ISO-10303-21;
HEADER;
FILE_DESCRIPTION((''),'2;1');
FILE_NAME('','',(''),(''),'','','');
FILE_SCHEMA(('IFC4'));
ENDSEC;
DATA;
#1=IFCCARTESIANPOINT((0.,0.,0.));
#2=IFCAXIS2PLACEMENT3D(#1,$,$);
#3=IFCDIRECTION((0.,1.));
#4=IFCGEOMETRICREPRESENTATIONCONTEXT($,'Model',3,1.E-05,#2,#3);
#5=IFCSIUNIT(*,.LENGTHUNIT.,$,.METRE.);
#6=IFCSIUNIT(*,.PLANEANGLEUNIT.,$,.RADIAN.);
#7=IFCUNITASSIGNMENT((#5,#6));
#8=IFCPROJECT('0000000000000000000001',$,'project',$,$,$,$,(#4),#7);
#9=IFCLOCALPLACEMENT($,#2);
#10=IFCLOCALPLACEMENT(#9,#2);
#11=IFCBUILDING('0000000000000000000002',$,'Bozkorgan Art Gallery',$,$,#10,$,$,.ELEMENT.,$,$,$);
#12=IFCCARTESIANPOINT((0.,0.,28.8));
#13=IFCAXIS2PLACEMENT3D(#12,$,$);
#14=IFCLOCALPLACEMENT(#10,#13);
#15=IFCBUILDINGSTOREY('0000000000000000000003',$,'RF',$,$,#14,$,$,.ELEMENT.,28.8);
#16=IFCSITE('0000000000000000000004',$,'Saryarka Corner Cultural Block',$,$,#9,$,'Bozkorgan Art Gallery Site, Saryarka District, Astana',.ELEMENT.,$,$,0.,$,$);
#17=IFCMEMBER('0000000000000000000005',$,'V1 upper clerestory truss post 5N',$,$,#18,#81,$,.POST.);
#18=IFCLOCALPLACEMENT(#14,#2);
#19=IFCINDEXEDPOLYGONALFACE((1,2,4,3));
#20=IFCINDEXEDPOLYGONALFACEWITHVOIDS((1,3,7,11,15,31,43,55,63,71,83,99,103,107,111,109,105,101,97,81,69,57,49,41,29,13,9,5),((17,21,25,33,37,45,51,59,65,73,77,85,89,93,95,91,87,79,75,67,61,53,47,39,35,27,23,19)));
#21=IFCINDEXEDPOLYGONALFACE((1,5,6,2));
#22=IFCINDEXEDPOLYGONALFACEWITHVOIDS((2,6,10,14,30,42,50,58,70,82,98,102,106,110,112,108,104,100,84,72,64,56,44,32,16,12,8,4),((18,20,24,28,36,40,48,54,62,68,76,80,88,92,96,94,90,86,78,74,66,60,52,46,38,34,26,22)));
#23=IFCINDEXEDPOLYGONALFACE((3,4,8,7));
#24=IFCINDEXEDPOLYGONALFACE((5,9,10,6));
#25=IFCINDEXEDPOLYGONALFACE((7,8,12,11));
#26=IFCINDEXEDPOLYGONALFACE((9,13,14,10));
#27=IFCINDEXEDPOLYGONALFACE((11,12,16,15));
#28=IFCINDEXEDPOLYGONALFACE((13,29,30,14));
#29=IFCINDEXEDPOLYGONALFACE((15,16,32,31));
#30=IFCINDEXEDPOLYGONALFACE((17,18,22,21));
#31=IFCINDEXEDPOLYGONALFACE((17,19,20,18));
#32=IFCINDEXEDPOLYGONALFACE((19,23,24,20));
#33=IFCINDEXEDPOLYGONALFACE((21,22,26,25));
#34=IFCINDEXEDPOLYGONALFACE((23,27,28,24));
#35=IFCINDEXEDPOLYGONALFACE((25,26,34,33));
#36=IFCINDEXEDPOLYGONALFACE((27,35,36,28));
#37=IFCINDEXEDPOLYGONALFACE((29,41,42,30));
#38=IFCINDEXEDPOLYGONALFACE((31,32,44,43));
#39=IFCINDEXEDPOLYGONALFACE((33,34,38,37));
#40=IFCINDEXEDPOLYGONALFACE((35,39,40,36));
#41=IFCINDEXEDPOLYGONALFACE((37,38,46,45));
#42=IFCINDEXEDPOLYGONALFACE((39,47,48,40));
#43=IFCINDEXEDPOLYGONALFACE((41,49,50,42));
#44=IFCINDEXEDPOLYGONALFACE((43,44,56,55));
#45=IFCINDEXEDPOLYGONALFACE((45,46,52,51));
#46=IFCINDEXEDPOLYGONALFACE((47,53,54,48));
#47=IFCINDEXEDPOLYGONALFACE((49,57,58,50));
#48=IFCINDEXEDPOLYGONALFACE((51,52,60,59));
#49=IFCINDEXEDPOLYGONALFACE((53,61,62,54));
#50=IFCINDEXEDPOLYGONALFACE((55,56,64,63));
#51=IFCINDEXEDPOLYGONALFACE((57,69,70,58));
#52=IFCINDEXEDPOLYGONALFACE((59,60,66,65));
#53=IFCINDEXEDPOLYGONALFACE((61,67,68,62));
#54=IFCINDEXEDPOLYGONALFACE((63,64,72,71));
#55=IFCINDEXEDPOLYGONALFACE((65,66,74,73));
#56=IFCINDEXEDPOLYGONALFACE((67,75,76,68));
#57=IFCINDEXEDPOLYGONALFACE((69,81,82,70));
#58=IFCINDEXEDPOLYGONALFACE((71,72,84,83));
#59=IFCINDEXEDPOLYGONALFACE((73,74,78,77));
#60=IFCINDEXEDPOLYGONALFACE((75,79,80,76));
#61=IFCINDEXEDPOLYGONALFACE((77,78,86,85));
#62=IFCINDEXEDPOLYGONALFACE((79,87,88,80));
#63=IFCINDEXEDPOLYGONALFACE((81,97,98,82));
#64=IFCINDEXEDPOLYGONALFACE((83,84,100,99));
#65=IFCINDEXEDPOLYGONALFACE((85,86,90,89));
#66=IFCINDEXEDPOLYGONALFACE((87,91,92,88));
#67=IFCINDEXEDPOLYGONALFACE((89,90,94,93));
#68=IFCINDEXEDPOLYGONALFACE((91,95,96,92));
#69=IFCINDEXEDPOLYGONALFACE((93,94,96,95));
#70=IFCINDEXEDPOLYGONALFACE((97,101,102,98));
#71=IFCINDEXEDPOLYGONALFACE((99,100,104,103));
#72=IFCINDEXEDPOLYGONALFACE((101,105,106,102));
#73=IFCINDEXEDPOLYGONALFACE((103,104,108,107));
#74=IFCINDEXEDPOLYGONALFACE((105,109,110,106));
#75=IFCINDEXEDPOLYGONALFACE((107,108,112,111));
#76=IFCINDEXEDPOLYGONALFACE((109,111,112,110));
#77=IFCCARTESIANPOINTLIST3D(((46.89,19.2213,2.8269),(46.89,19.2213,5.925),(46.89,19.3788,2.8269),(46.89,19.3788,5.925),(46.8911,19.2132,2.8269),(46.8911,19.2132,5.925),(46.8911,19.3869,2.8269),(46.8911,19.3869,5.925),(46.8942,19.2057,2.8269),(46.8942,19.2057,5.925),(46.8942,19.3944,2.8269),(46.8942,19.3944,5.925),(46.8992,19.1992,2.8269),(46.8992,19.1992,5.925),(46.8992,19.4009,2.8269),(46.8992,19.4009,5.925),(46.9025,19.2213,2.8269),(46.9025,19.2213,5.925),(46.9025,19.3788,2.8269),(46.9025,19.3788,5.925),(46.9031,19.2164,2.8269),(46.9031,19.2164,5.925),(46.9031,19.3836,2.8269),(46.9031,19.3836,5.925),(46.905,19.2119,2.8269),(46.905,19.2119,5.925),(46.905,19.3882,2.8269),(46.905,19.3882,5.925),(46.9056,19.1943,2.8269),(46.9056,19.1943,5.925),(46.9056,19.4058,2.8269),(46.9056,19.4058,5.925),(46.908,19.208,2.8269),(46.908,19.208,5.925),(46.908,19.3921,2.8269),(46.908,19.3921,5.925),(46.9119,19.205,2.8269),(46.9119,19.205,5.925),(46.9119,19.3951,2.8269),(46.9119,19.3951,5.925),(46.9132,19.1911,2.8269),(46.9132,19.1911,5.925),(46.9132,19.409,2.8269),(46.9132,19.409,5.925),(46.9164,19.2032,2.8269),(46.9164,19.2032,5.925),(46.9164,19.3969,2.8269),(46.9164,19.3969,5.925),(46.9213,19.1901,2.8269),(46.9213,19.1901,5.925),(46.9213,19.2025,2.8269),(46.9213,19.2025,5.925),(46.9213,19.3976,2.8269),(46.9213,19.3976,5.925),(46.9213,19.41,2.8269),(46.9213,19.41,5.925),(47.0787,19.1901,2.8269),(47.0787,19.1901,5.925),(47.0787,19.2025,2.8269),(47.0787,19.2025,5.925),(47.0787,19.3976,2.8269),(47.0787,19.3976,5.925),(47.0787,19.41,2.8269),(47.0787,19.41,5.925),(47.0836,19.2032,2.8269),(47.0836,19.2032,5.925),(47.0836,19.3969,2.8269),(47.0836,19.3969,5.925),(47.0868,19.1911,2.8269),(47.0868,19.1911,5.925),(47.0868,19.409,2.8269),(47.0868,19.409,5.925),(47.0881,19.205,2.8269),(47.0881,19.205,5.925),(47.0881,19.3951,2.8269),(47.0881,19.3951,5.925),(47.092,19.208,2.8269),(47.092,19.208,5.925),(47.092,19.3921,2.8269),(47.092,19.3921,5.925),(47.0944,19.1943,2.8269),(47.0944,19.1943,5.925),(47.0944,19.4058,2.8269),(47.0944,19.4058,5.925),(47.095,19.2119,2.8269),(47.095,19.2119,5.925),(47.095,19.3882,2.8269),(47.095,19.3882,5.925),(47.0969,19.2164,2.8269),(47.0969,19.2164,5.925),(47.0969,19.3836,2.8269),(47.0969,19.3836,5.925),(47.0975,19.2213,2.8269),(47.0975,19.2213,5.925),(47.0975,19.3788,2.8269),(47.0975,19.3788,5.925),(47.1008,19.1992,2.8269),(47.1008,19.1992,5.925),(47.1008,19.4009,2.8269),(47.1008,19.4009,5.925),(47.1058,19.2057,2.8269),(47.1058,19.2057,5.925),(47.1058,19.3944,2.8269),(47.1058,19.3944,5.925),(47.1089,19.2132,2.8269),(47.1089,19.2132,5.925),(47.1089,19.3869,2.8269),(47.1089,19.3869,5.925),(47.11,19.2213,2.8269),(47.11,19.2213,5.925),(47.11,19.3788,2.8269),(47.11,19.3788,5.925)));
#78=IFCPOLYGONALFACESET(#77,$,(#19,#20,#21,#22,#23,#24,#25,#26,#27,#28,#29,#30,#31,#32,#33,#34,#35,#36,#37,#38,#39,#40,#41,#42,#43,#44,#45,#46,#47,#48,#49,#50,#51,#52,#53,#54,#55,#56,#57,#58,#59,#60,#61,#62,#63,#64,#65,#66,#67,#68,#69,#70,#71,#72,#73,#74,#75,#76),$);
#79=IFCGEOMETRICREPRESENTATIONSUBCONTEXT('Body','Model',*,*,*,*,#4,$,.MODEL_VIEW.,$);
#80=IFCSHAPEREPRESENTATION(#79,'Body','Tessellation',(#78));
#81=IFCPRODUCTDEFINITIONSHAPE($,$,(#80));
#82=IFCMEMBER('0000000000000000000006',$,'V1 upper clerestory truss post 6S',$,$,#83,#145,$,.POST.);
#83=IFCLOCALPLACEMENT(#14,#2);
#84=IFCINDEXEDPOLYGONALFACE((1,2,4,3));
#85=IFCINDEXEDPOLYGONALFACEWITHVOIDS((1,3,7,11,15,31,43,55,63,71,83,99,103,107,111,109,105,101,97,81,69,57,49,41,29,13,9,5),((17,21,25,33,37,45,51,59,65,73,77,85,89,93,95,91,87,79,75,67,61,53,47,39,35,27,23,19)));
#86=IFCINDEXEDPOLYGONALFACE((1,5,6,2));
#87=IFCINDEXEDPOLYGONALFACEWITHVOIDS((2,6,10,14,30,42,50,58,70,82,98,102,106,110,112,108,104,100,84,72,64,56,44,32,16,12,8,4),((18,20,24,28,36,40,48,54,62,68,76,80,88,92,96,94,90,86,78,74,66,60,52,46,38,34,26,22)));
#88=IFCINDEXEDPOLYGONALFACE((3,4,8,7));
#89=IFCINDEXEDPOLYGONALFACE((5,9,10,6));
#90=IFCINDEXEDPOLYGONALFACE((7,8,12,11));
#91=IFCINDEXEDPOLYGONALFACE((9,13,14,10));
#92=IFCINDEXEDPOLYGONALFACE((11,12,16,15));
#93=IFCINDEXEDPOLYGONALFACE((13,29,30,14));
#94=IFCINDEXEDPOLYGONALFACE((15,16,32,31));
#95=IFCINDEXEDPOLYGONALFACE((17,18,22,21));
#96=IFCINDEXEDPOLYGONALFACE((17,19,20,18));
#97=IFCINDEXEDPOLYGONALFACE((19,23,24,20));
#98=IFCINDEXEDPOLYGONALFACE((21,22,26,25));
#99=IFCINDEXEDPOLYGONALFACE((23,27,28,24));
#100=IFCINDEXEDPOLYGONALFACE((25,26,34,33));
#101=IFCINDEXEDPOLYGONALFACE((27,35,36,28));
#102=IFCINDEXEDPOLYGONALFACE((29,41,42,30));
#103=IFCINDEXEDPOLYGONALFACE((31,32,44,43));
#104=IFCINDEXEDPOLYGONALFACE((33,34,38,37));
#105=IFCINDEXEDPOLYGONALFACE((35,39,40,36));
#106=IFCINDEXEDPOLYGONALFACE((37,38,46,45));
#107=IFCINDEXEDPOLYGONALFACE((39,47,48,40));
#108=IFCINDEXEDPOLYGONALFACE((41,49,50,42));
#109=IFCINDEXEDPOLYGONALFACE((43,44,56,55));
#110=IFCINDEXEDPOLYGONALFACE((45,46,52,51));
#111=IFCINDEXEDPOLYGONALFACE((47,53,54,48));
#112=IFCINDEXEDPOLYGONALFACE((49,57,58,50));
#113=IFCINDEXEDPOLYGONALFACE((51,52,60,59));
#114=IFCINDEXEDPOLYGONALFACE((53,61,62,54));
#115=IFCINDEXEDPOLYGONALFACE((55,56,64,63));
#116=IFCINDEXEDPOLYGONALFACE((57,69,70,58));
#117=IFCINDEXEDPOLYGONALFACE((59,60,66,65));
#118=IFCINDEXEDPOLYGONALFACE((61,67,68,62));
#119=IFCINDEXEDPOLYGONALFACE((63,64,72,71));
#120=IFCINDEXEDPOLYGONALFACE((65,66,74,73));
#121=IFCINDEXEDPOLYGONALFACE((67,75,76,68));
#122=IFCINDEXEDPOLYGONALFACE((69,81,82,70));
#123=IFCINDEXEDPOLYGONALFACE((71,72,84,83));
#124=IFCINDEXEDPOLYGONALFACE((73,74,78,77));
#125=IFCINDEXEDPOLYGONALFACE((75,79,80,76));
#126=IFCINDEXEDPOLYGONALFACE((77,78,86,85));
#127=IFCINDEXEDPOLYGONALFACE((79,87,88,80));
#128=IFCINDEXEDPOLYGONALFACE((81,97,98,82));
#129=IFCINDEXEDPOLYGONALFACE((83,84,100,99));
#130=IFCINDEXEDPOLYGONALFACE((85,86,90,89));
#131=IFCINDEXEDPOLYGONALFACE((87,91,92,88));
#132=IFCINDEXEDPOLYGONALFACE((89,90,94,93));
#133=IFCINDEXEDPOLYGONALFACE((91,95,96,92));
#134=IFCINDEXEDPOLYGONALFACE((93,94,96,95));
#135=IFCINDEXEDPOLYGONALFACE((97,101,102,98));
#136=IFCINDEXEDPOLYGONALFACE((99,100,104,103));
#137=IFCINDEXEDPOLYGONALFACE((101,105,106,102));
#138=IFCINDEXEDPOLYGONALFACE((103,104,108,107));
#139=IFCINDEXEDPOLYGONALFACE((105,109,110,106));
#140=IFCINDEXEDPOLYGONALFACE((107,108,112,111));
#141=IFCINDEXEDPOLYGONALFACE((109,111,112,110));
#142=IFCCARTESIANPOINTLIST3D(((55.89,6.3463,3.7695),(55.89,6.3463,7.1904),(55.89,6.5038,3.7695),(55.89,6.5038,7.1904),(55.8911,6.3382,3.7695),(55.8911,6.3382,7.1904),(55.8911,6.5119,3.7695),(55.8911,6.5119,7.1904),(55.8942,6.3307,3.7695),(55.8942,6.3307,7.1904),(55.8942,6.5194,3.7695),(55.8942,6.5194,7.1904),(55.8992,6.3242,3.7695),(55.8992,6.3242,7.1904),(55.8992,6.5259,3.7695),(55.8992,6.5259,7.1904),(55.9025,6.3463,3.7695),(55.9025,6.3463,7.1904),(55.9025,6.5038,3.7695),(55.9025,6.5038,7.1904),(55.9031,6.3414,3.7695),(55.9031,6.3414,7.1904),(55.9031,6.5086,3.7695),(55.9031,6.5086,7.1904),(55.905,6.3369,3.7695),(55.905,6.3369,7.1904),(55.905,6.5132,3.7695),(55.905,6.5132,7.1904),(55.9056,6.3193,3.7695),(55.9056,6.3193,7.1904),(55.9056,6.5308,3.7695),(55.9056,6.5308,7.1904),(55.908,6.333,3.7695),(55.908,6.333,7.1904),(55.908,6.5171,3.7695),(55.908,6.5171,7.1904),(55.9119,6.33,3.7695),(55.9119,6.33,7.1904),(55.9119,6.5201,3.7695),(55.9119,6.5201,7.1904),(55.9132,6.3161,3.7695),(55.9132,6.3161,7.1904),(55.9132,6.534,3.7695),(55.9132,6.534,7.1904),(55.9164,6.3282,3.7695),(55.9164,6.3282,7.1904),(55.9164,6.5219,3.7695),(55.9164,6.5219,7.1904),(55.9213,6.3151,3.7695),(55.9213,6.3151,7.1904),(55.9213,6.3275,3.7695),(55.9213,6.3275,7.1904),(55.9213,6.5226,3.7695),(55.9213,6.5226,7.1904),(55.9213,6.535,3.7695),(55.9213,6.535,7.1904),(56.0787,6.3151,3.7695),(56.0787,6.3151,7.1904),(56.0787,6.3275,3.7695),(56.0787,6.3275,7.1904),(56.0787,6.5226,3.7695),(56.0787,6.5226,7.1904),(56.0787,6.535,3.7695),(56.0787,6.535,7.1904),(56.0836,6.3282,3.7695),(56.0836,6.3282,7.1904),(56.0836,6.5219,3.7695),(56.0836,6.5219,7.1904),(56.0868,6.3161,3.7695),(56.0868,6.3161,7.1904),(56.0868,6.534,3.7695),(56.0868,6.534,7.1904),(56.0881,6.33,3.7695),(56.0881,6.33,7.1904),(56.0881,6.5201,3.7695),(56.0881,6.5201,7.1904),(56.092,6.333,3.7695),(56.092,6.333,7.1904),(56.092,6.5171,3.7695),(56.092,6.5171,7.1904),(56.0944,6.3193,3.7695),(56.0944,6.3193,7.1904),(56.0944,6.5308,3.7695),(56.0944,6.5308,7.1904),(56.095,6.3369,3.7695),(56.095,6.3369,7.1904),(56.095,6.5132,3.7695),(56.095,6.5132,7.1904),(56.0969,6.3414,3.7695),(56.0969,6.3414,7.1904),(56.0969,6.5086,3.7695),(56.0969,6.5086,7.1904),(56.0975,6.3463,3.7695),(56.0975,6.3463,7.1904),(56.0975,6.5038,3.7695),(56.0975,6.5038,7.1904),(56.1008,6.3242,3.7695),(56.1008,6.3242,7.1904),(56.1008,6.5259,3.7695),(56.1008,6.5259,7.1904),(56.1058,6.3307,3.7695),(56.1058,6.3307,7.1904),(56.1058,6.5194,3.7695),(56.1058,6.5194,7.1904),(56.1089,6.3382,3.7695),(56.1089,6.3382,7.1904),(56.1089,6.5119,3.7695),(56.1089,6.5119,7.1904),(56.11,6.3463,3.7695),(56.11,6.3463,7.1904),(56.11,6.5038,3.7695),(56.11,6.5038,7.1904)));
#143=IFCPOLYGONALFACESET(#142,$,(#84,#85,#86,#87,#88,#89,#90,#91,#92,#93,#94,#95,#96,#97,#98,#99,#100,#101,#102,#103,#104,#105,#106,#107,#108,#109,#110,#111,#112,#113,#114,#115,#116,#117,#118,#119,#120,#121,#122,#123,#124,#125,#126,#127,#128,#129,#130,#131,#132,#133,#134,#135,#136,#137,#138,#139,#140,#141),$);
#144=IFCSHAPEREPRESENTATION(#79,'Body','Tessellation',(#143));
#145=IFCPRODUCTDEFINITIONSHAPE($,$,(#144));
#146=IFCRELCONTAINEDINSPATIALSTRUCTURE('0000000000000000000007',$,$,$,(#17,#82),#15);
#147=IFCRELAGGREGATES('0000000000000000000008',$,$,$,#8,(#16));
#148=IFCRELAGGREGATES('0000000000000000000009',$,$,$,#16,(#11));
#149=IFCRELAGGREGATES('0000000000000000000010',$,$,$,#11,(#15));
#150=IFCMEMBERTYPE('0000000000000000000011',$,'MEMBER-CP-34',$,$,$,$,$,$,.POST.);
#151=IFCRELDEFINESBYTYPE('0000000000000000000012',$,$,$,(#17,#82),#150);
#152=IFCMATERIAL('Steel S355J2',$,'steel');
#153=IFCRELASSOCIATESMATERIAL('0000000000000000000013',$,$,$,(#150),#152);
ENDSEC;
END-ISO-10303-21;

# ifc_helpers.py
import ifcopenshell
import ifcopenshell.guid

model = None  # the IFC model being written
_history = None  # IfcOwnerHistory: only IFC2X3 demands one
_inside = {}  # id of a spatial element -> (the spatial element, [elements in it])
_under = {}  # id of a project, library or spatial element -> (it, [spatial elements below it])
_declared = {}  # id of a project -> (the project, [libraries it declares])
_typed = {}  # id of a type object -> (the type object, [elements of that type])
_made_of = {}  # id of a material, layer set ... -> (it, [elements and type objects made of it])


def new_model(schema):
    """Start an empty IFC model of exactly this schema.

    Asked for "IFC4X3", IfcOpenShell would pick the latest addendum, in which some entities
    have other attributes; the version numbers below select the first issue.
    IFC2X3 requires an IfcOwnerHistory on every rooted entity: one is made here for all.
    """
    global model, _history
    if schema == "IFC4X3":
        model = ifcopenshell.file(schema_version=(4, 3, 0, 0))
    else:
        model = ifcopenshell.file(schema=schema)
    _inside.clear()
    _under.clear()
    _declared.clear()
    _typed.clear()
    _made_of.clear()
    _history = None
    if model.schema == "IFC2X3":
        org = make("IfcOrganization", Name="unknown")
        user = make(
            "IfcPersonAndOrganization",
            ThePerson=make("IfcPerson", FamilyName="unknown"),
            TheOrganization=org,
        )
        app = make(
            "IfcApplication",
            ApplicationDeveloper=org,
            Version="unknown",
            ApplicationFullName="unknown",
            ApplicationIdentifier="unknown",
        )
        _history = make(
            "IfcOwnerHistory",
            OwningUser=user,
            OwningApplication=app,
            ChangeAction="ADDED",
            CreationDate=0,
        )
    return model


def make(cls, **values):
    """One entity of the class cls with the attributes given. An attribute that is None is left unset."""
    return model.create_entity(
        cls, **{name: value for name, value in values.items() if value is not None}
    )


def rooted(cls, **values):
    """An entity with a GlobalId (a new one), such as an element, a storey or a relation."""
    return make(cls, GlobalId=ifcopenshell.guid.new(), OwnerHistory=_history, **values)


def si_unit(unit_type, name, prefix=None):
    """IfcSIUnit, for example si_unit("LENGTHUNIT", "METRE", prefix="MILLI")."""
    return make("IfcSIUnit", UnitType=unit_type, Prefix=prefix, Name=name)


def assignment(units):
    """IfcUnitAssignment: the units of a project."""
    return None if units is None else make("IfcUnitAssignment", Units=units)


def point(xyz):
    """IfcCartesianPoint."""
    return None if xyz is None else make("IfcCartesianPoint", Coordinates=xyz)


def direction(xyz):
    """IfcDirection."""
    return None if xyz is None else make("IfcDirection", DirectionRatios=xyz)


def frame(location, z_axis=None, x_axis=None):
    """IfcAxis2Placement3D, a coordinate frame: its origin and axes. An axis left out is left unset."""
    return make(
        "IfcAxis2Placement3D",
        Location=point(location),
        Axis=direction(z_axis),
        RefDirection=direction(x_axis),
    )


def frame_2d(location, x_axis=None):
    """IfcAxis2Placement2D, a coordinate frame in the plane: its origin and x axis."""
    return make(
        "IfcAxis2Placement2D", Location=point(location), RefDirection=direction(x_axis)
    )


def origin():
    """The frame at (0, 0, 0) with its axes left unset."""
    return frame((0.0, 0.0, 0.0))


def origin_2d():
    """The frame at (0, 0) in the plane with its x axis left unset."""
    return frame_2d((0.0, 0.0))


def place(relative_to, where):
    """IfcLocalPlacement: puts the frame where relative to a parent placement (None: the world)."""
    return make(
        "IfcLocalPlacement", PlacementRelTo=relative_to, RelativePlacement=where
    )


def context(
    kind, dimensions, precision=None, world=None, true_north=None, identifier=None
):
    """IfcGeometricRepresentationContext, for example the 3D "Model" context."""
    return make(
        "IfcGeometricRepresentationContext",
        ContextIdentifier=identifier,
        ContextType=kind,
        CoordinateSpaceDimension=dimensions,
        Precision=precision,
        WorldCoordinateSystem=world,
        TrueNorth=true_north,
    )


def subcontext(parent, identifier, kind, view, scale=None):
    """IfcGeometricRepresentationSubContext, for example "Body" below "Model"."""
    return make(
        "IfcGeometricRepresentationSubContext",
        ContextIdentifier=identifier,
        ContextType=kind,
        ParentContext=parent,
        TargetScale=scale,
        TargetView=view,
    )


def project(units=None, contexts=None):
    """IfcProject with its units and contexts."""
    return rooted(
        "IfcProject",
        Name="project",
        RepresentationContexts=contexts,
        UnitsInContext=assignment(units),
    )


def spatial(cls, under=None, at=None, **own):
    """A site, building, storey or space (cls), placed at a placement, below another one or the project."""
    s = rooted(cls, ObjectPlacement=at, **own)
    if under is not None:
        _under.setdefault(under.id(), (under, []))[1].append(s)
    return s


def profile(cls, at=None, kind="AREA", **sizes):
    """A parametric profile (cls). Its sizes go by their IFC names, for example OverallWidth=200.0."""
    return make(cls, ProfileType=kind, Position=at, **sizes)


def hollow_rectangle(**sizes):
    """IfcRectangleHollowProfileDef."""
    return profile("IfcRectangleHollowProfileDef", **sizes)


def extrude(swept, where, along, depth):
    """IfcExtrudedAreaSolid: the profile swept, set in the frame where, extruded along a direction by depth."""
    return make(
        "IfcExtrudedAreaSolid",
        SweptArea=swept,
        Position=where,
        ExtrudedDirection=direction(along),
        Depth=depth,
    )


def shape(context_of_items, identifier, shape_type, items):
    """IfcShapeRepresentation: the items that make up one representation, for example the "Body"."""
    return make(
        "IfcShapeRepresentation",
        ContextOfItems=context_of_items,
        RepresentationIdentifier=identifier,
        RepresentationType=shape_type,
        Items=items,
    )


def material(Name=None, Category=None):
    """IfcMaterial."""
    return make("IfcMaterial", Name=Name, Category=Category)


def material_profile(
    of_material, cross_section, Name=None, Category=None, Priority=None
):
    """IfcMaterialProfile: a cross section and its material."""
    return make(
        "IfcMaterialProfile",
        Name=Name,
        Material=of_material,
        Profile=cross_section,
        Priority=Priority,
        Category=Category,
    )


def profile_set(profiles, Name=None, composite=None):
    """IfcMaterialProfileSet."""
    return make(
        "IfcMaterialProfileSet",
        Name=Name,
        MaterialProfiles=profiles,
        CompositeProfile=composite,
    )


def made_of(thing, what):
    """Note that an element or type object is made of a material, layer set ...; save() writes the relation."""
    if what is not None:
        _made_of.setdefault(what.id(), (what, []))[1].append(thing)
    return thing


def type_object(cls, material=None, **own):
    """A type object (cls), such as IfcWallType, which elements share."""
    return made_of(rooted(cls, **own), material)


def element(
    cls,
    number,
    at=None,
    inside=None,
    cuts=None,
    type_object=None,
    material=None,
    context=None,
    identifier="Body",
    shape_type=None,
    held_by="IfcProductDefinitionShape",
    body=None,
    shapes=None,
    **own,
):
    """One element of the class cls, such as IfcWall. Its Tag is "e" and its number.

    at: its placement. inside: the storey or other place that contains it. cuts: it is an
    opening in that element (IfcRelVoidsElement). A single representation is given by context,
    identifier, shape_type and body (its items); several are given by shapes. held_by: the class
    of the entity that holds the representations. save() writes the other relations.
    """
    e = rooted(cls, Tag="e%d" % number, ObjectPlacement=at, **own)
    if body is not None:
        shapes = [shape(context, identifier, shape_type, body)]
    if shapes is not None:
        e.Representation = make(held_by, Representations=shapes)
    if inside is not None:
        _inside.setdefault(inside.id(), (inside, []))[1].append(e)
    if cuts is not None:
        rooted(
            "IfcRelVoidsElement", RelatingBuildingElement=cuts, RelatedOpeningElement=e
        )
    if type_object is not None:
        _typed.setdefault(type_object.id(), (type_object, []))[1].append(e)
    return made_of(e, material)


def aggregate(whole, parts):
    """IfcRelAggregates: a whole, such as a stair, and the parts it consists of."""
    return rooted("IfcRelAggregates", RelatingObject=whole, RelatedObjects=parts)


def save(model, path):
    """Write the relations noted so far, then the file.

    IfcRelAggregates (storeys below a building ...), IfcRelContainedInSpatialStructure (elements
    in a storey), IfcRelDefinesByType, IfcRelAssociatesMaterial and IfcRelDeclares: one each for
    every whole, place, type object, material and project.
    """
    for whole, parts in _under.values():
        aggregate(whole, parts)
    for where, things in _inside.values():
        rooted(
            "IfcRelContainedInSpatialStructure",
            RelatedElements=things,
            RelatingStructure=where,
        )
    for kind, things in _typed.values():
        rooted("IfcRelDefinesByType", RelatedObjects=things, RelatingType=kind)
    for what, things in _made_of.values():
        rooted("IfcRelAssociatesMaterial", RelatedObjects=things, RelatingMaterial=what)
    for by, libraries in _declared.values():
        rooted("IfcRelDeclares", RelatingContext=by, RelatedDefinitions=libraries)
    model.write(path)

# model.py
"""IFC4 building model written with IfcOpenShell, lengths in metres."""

from ifc_helpers import new_model, si_unit, direction, frame, origin, origin_2d, place, context, subcontext, project, spatial, hollow_rectangle, extrude, material, material_profile, profile_set, type_object, element, save


model = new_model("IFC4")

# Units and contexts
model_context = context("Model", 3, precision=1e-05, world=origin(), true_north=direction((0.0, 1.0)))
body_context = subcontext(model_context, "Body", "Model", "MODEL_VIEW")
ifc_project = project(units=[si_unit("LENGTHUNIT", "METRE"), si_unit("PLANEANGLEUNIT", "RADIAN")], contexts=[model_context])

# Site, building, storey
site_placement = place(None, origin())
site = spatial("IfcSite", under=ifc_project, at=site_placement, Name="Saryarka Corner Cultural Block", LongName="Bozkorgan Art Gallery Site, Saryarka District, Astana", CompositionType="ELEMENT", RefElevation=0.0)
building_placement = place(site_placement, origin())
building = spatial("IfcBuilding", under=site, at=building_placement, Name="Bozkorgan Art Gallery", CompositionType="ELEMENT")
storey_placement = place(building_placement, frame((0.0, 0.0, 28.8)))
storey = spatial("IfcBuildingStorey", under=building, at=storey_placement, Name="RF", CompositionType="ELEMENT", Elevation=28.8)

# Shared definitions
ifc_material_1 = material(Name="Steel S355J2", Category="steel")

# Members
ifc_material_profile_1 = material_profile(ifc_material_1, hollow_rectangle(XDim=0.22, YDim=0.22, WallThickness=0.0125, InnerFilletRadius=0.0188, OuterFilletRadius=0.0312, at=origin_2d()), Name="SHS 220x220x12.5")
ifc_profile_set_1 = profile_set([ifc_material_profile_1], Name="Steel S355J2")
member_type_1 = type_object("IfcMemberType", Name="MEMBER-CP-34", PredefinedType="POST", material=ifc_profile_set_1)
member_1_placement = place(storey_placement, frame((47.0, 19.3, 2.8269), z_axis=(0.0, 0.0, 1.0), x_axis=(1.0, 0.0, 0.0)))
element("IfcMember", 1, at=member_1_placement, inside=storey, type_object=member_type_1, Name="V1 upper clerestory truss post 5N", PredefinedType="POST", context=body_context, shape_type="SweptSolid", body=[
    extrude(hollow_rectangle(XDim=0.22, YDim=0.22, WallThickness=0.0125, InnerFilletRadius=0.0188, OuterFilletRadius=0.0312, at=origin_2d()), origin(), (0.0, 0.0, 1.0), 3.0981),
])
member_2_placement = place(storey_placement, frame((56.0, 6.425, 3.7695), z_axis=(0.0, 0.0, 1.0), x_axis=(1.0, 0.0, 0.0)))
element("IfcMember", 2, at=member_2_placement, inside=storey, type_object=member_type_1, Name="V1 upper clerestory truss post 6S", PredefinedType="POST", context=body_context, shape_type="SweptSolid", body=[
    extrude(hollow_rectangle(XDim=0.22, YDim=0.22, WallThickness=0.0125, InnerFilletRadius=0.0188, OuterFilletRadius=0.0312, at=origin_2d()), origin(), (0.0, 0.0, 1.0), 3.4209),
])

save(model, "model.ifc")
